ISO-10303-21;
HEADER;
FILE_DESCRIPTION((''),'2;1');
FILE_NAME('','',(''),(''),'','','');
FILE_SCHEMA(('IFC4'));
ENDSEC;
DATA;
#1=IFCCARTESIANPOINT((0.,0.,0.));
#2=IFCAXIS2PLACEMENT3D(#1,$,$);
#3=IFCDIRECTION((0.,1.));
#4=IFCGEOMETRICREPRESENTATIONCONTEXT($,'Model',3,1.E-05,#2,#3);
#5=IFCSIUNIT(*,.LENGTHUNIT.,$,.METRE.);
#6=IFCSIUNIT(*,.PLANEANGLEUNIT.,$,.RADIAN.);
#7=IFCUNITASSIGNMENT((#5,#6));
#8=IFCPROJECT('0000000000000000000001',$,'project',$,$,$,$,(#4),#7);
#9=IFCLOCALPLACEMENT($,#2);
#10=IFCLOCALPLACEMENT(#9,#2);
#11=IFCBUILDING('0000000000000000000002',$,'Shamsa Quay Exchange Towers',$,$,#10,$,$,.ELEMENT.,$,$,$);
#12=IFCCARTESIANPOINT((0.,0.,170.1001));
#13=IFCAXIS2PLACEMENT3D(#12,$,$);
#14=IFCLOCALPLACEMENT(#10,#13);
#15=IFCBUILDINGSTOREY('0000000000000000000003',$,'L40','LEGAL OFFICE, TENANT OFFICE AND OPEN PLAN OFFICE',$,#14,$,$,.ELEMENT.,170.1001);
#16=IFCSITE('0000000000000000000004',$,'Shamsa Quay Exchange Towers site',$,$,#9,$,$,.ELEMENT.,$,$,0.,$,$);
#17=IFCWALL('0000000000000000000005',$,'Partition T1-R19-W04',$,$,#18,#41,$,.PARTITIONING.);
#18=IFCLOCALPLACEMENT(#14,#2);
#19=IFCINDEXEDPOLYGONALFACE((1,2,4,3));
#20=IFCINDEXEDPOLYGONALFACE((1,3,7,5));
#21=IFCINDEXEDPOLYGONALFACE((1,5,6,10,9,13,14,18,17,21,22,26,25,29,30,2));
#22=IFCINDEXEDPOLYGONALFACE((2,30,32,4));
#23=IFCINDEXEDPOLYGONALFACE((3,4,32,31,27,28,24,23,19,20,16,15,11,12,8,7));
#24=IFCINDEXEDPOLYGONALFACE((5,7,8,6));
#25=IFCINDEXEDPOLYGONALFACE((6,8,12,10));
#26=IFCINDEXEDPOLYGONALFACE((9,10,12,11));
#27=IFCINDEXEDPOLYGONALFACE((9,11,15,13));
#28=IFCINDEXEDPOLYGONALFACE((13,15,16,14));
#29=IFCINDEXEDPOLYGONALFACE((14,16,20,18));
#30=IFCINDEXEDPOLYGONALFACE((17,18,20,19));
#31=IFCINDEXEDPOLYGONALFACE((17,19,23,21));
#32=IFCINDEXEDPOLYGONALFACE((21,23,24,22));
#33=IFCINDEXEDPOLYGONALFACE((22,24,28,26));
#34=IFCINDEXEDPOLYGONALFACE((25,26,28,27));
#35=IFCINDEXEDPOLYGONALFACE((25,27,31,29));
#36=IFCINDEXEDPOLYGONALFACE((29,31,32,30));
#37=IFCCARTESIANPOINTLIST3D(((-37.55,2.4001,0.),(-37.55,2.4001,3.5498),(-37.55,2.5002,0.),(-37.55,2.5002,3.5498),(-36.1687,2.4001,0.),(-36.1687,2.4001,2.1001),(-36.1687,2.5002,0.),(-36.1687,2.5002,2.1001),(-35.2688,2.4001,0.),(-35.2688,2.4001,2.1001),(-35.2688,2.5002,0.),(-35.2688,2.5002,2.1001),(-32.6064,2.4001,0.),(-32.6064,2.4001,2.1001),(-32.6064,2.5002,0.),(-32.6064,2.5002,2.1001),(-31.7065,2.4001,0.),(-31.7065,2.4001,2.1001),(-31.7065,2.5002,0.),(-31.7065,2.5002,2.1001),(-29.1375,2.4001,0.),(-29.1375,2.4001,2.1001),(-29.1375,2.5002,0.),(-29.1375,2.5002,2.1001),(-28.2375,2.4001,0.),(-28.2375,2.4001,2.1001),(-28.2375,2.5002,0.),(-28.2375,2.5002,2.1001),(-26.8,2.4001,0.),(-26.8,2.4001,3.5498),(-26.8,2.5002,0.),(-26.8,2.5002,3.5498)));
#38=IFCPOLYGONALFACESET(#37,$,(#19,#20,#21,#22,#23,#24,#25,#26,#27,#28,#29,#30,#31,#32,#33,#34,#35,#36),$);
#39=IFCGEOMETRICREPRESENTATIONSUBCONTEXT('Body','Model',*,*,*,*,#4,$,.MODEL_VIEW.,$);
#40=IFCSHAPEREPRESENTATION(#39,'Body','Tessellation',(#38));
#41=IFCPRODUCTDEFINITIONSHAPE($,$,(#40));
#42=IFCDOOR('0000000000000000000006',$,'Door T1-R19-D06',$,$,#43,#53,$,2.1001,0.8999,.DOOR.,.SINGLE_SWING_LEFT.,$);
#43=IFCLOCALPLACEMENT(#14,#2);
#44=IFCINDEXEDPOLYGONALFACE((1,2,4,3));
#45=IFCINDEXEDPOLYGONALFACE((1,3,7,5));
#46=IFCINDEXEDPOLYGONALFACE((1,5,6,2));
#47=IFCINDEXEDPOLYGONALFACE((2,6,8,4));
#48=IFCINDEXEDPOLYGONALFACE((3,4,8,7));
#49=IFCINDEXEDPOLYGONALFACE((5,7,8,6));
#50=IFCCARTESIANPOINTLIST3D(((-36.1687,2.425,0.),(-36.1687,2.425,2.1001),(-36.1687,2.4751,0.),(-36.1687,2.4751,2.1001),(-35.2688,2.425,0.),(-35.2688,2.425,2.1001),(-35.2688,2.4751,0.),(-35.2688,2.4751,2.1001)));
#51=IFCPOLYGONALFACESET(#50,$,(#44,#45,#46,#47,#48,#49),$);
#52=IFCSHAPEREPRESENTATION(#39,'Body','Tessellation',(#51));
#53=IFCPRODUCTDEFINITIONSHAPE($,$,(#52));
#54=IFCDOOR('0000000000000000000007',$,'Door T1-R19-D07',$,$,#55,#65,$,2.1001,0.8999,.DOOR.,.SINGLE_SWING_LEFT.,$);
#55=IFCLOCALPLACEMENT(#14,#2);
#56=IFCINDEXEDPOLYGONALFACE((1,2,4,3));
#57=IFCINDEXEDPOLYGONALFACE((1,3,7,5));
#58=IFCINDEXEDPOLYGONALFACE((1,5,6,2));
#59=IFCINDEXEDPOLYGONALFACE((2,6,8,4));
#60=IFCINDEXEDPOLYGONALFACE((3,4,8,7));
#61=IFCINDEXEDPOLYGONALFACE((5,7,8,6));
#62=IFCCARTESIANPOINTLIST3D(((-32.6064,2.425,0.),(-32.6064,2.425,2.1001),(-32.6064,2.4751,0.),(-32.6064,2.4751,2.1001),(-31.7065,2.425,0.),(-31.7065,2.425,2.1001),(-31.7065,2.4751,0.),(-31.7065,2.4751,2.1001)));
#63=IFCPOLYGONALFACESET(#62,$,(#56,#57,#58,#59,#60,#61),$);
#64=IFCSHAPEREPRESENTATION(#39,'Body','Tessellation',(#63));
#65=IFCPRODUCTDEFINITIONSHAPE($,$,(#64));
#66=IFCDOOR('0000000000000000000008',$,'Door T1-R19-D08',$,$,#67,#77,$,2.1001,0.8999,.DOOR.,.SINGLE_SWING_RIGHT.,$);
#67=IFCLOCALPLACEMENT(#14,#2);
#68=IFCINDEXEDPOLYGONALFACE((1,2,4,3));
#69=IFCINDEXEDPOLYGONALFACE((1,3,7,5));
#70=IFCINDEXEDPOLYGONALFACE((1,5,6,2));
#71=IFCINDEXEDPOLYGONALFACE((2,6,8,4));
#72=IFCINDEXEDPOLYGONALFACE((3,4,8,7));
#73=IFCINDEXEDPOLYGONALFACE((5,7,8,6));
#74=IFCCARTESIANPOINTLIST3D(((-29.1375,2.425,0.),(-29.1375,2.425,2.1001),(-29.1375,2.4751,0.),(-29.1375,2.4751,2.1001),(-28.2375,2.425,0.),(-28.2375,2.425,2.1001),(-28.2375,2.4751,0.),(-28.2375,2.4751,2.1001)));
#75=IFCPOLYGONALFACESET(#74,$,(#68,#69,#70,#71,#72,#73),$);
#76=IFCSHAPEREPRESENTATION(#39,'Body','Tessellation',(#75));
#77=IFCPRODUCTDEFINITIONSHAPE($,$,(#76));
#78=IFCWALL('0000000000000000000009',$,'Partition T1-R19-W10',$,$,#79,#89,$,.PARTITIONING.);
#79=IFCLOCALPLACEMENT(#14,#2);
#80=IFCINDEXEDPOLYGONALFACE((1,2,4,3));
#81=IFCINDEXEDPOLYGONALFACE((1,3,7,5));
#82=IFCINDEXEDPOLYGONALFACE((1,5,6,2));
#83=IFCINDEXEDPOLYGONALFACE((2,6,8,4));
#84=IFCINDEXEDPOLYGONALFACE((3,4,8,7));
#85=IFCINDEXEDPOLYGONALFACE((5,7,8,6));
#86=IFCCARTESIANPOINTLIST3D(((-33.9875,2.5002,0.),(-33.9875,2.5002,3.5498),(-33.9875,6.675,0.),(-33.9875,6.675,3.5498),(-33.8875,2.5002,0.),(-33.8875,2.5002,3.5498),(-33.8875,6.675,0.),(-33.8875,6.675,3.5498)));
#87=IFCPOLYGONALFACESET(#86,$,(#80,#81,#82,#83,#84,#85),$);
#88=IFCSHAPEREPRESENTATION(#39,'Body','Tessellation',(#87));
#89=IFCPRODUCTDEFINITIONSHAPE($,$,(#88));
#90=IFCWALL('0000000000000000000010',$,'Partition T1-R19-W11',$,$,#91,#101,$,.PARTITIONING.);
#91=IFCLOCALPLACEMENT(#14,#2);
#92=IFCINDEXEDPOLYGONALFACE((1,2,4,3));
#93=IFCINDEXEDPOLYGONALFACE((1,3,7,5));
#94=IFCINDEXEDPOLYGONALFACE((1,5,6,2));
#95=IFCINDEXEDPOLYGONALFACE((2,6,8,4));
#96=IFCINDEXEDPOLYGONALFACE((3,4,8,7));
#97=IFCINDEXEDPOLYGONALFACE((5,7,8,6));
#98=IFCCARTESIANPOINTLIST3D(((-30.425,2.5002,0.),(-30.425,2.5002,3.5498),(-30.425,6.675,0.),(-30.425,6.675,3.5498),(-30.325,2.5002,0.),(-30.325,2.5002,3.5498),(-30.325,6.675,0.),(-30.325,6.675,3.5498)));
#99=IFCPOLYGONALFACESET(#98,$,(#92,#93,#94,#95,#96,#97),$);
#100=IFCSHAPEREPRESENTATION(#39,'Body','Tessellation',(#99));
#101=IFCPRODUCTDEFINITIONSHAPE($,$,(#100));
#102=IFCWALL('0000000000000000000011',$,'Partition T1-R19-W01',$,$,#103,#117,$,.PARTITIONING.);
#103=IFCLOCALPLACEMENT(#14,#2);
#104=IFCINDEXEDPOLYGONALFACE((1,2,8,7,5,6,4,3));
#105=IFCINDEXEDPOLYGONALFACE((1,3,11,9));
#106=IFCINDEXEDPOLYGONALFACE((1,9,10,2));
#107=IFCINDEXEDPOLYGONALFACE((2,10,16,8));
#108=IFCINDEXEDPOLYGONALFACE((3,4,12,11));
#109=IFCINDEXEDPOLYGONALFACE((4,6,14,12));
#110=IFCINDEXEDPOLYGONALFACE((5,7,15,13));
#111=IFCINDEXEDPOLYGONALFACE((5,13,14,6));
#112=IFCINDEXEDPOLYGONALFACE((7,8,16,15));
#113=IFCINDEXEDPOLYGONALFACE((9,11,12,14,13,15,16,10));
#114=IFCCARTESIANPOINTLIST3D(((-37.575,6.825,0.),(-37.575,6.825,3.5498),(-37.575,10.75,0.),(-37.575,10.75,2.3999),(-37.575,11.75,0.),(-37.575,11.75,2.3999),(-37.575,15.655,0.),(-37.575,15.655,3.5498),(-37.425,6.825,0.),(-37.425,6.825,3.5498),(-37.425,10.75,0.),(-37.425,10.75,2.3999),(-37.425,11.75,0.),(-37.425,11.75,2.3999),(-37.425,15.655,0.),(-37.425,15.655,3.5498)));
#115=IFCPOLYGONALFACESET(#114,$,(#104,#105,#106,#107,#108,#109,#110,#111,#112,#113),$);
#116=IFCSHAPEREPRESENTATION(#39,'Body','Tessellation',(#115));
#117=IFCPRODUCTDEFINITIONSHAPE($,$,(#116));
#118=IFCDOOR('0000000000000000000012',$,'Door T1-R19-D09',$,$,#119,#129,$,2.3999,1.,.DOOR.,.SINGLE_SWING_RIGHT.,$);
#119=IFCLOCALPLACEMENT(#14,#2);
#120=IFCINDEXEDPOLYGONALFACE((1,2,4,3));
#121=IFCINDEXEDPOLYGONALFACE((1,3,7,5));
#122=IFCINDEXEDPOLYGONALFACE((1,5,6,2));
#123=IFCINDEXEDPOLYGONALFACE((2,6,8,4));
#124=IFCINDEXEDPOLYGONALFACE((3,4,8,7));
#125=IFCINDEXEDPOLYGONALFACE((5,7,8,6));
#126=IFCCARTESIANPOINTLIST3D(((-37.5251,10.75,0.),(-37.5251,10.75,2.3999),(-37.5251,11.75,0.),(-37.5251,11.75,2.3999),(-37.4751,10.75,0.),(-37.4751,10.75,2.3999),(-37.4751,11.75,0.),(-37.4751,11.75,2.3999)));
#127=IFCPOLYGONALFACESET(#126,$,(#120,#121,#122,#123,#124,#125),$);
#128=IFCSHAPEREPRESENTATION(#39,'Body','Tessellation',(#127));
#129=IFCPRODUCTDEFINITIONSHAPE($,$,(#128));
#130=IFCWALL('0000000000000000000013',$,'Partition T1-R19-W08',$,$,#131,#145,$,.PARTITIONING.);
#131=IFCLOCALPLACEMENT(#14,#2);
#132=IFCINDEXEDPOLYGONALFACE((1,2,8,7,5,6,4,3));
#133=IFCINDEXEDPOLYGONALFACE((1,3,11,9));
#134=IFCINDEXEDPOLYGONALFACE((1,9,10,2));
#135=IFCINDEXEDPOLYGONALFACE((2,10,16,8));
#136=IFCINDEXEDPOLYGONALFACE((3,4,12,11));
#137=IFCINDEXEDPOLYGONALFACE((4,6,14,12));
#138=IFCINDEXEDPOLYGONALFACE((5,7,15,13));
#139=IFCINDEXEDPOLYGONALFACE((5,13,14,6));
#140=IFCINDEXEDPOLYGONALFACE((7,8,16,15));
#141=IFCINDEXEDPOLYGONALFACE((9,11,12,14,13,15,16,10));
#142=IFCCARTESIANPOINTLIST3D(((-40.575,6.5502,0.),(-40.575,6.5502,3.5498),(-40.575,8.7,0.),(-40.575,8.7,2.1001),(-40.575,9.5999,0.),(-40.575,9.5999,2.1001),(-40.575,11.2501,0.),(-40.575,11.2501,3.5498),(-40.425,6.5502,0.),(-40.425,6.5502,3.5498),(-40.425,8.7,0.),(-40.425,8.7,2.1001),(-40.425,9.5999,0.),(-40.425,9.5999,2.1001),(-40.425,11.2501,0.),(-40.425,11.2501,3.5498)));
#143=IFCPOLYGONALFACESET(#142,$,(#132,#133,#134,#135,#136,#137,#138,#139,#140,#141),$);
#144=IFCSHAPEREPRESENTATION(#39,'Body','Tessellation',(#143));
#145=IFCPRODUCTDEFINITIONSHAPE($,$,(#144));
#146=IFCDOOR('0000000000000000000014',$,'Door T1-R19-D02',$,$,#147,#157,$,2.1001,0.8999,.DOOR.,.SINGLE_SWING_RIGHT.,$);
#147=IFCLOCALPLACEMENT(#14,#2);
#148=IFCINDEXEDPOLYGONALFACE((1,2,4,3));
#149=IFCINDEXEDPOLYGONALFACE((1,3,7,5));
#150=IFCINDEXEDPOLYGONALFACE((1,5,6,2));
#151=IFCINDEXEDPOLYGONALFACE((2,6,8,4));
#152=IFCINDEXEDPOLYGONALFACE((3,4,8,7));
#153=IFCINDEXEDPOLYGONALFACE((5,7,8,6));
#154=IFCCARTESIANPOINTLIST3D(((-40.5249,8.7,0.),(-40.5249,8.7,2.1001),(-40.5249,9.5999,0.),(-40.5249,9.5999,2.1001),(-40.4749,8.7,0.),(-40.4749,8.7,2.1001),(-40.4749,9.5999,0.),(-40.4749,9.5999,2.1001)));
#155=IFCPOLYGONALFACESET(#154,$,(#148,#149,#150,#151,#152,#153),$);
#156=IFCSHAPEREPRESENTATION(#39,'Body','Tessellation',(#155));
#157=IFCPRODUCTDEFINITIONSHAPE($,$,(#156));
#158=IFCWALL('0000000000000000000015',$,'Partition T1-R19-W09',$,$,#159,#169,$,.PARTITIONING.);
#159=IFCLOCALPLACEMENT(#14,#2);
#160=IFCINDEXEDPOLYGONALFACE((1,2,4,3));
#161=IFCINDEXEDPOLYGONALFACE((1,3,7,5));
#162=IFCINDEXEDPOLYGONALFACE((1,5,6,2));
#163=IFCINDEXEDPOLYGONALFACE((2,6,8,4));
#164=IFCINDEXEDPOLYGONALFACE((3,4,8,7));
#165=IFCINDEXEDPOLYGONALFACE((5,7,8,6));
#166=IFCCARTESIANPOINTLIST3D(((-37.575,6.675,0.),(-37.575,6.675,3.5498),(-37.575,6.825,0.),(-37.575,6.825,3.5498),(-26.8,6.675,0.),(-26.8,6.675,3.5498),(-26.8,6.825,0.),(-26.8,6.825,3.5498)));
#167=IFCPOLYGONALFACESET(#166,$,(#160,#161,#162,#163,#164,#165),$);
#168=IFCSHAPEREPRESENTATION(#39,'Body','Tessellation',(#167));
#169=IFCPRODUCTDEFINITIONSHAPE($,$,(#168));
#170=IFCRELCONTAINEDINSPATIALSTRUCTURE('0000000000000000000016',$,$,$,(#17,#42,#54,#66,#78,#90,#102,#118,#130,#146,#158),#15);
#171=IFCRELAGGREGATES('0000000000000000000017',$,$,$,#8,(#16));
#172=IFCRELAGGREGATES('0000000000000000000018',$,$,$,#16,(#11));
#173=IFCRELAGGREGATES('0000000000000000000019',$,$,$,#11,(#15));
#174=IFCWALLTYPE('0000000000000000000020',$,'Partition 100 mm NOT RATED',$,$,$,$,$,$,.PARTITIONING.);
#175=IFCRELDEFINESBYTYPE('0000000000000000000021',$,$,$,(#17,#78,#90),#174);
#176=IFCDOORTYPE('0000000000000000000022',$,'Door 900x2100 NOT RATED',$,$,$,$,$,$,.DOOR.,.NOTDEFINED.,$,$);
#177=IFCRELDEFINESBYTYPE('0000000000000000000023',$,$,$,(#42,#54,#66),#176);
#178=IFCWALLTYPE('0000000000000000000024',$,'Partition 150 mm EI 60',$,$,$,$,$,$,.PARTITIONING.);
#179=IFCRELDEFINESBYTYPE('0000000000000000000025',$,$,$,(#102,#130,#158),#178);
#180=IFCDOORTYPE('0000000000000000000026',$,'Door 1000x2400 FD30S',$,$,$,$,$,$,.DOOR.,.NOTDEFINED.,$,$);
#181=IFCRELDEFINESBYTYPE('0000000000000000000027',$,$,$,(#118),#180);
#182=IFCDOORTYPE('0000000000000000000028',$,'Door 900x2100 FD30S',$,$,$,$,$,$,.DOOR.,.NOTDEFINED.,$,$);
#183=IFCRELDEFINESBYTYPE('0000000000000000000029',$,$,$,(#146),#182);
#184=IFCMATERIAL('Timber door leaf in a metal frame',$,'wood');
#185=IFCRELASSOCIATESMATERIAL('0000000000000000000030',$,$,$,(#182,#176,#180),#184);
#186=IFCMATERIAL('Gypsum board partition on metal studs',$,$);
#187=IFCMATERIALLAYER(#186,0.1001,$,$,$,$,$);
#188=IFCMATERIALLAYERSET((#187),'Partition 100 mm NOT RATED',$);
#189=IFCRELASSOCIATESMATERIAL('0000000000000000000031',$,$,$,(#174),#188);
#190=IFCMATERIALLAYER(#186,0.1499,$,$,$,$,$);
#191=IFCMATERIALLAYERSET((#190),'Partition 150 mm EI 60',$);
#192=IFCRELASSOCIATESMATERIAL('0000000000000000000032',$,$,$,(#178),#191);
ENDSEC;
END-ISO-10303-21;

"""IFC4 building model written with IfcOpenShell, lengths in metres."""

from ifc_helpers import new_model, si_unit, direction, frame, frame_2d, origin, place, context, subcontext, project, spatial, rectangle, extrude, material, layer, layer_set, type_object, element, fill, save


model = new_model("IFC4")

# Units and contexts
model_context = context("Model", 3, precision=1e-05, world=origin(), true_north=direction((0.0, 1.0)))
body_context = subcontext(model_context, "Body", "Model", "MODEL_VIEW")
ifc_project = project(units=[si_unit("LENGTHUNIT", "METRE"), si_unit("PLANEANGLEUNIT", "RADIAN")], contexts=[model_context])

# Site, building, storey
site_placement = place(None, origin())
site = spatial("IfcSite", under=ifc_project, at=site_placement, Name="Shamsa Quay Exchange Towers site", CompositionType="ELEMENT", RefElevation=0.0)
building_placement = place(site_placement, origin())
building = spatial("IfcBuilding", under=site, at=building_placement, Name="Shamsa Quay Exchange Towers", CompositionType="ELEMENT")
storey_placement = place(building_placement, frame((0.0, 0.0, 170.1001)))
storey = spatial("IfcBuildingStorey", under=building, at=storey_placement, Name="L40", Description="LEGAL OFFICE, TENANT OFFICE AND OPEN PLAN OFFICE", CompositionType="ELEMENT", Elevation=170.1001)

# Shared definitions
ifc_material_1 = material(Name="Timber door leaf in a metal frame", Category="wood")
door_type_1 = type_object("IfcDoorType", Name="Door 900x2100 FD30S", OperationType="NOTDEFINED", PredefinedType="DOOR", material=ifc_material_1)

# Shared definitions
ifc_material_2 = material(Name="Gypsum board partition on metal studs")
ifc_layer_1 = layer(ifc_material_2, 0.1001)
ifc_layer_set_1 = layer_set([ifc_layer_1], Name="Partition 100 mm NOT RATED")
wall_type_1 = type_object("IfcWallType", Name="Partition 100 mm NOT RATED", PredefinedType="PARTITIONING", material=ifc_layer_set_1)

# Wall, openings, doors
wall_1_placement = place(storey_placement, frame((-37.55, 2.4502, 0.0)))
wall_1 = element("IfcWall", 1, at=wall_1_placement, inside=storey, type_object=wall_type_1, Name="Partition T1-R19-W04", PredefinedType="PARTITIONING", context=body_context, shape_type="SweptSolid", body=[
    extrude(rectangle(XDim=10.75, YDim=0.1001, at=frame_2d((5.375, 0.0))), origin(), (0.0, 0.0, 1.0), 3.5498),
])
opening_1_placement = place(wall_1_placement, frame((1.3813, 0.0, 0.0)))
opening_1 = element("IfcOpeningElement", 2, at=opening_1_placement, cuts=wall_1, PredefinedType="OPENING", context=body_context, shape_type="SweptSolid", body=[
    extrude(rectangle(XDim=0.8999, YDim=2.1001, at=frame_2d((0.45, 1.05))), frame((0.0, 0.0601, 0.0), z_axis=(0.0, -1.0, 0.0), x_axis=(1.0, 0.0, 0.0)), (0.0, 0.0, 1.0), 0.1201),
])
opening_2_placement = place(wall_1_placement, frame((4.9436, 0.0, 0.0)))
opening_2 = element("IfcOpeningElement", 3, at=opening_2_placement, cuts=wall_1, PredefinedType="OPENING", context=body_context, shape_type="SweptSolid", body=[
    extrude(rectangle(XDim=0.8999, YDim=2.1001, at=frame_2d((0.45, 1.05))), frame((0.0, 0.0601, 0.0), z_axis=(0.0, -1.0, 0.0), x_axis=(1.0, 0.0, 0.0)), (0.0, 0.0, 1.0), 0.1201),
])
opening_3_placement = place(wall_1_placement, frame((8.4126, 0.0, 0.0)))
opening_3 = element("IfcOpeningElement", 4, at=opening_3_placement, cuts=wall_1, PredefinedType="OPENING", context=body_context, shape_type="SweptSolid", body=[
    extrude(rectangle(XDim=0.8999, YDim=2.1001, at=frame_2d((0.45, 1.05))), frame((0.0, 0.0601, 0.0), z_axis=(0.0, -1.0, 0.0), x_axis=(1.0, 0.0, 0.0)), (0.0, 0.0, 1.0), 0.1201),
])
door_type_2 = type_object("IfcDoorType", Name="Door 900x2100 NOT RATED", OperationType="NOTDEFINED", PredefinedType="DOOR", material=ifc_material_1)
door_1_placement = place(opening_1_placement, origin())
door_1 = element("IfcDoor", 5, at=door_1_placement, inside=storey, type_object=door_type_2, Name="Door T1-R19-D06", OperationType="SINGLE_SWING_LEFT", OverallHeight=2.1001, OverallWidth=0.8999, PredefinedType="DOOR", context=body_context, shape_type="SweptSolid", body=[
    extrude(rectangle(XDim=0.8999, YDim=2.1001, at=frame_2d((0.45, 1.05))), frame((0.0, 0.0249, 0.0), z_axis=(0.0, -1.0, 0.0), x_axis=(1.0, 0.0, 0.0)), (0.0, 0.0, 1.0), 0.05),
])
fill(opening_1, door_1)
door_2_placement = place(opening_2_placement, origin())
door_2 = element("IfcDoor", 6, at=door_2_placement, inside=storey, type_object=door_type_2, Name="Door T1-R19-D07", OperationType="SINGLE_SWING_LEFT", OverallHeight=2.1001, OverallWidth=0.8999, PredefinedType="DOOR", context=body_context, shape_type="SweptSolid", body=[
    extrude(rectangle(XDim=0.8999, YDim=2.1001, at=frame_2d((0.45, 1.05))), frame((0.0, 0.0249, 0.0), z_axis=(0.0, -1.0, 0.0), x_axis=(1.0, 0.0, 0.0)), (0.0, 0.0, 1.0), 0.05),
])
fill(opening_2, door_2)
door_3_placement = place(opening_3_placement, origin())
door_3 = element("IfcDoor", 7, at=door_3_placement, inside=storey, type_object=door_type_2, Name="Door T1-R19-D08", OperationType="SINGLE_SWING_RIGHT", OverallHeight=2.1001, OverallWidth=0.8999, PredefinedType="DOOR", context=body_context, shape_type="SweptSolid", body=[
    extrude(rectangle(XDim=0.8999, YDim=2.1001, at=frame_2d((0.45, 1.05))), frame((0.0, 0.0249, 0.0), z_axis=(0.0, -1.0, 0.0), x_axis=(1.0, 0.0, 0.0)), (0.0, 0.0, 1.0), 0.05),
])
fill(opening_3, door_3)

# Walls
for number, where, z_axis, x_axis, name in (
    (8, (-33.9375, 2.5002, 0.0), (0.0, 0.0, 1.0), (0.0, 1.0, 0.0), "Partition T1-R19-W10"),
    (9, (-30.375, 2.5002, 0.0), (0.0, 0.0, 1.0), (0.0, 1.0, 0.0), "Partition T1-R19-W11"),
):
    element("IfcWall", number, at=place(storey_placement, frame(where, z_axis=z_axis, x_axis=x_axis)), inside=storey, type_object=wall_type_1, Name=name, PredefinedType="PARTITIONING", context=body_context, shape_type="SweptSolid", body=[
        extrude(rectangle(XDim=4.1748, YDim=0.1001, at=frame_2d((2.0874, 0.0))), origin(), (0.0, 0.0, 1.0), 3.5498),
    ])

# Walls, openings, doors
ifc_layer_2 = layer(ifc_material_2, 0.1499)
ifc_layer_set_2 = layer_set([ifc_layer_2], Name="Partition 150 mm EI 60")
wall_type_2 = type_object("IfcWallType", Name="Partition 150 mm EI 60", PredefinedType="PARTITIONING", material=ifc_layer_set_2)
wall_2_placement = place(storey_placement, frame((-37.5, 15.655, 0.0), z_axis=(0.0, 0.0, 1.0), x_axis=(0.0, -1.0, 0.0)))
wall_2 = element("IfcWall", 10, at=wall_2_placement, inside=storey, type_object=wall_type_2, Name="Partition T1-R19-W01", PredefinedType="PARTITIONING", context=body_context, shape_type="SweptSolid", body=[
    extrude(rectangle(XDim=8.8301, YDim=0.1499, at=frame_2d((4.415, 0.0))), origin(), (0.0, 0.0, 1.0), 3.5498),
])
opening_4_placement = place(wall_2_placement, frame((3.905, 0.0, 0.0)))
opening_4 = element("IfcOpeningElement", 11, at=opening_4_placement, cuts=wall_2, PredefinedType="OPENING", context=body_context, shape_type="SweptSolid", body=[
    extrude(rectangle(XDim=1.0, YDim=2.3999, at=frame_2d((0.5, 1.2))), frame((0.0, 0.085, 0.0), z_axis=(0.0, -1.0, 0.0), x_axis=(1.0, 0.0, 0.0)), (0.0, 0.0, 1.0), 0.1699),
])
door_type_3 = type_object("IfcDoorType", Name="Door 1000x2400 FD30S", OperationType="NOTDEFINED", PredefinedType="DOOR", material=ifc_material_1)
door_4_placement = place(opening_4_placement, origin())
door_4 = element("IfcDoor", 12, at=door_4_placement, inside=storey, type_object=door_type_3, Name="Door T1-R19-D09", OperationType="SINGLE_SWING_RIGHT", OverallHeight=2.3999, OverallWidth=1.0, PredefinedType="DOOR", context=body_context, shape_type="SweptSolid", body=[
    extrude(rectangle(XDim=1.0, YDim=2.3999, at=frame_2d((0.5, 1.2))), frame((0.0, 0.0249, 0.0), z_axis=(0.0, -1.0, 0.0), x_axis=(1.0, 0.0, 0.0)), (0.0, 0.0, 1.0), 0.05),
])
fill(opening_4, door_4)
wall_3_placement = place(storey_placement, frame((-40.5, 6.55, 0.0), z_axis=(0.0, 0.0, 1.0), x_axis=(0.0, 1.0, 0.0)))
wall_3 = element("IfcWall", 13, at=wall_3_placement, inside=storey, type_object=wall_type_2, Name="Partition T1-R19-W08", PredefinedType="PARTITIONING", context=body_context, shape_type="SweptSolid", body=[
    extrude(rectangle(XDim=4.7, YDim=0.1499, at=frame_2d((2.3501, 0.0))), origin(), (0.0, 0.0, 1.0), 3.5498),
])
opening_5_placement = place(wall_3_placement, frame((2.1499, 0.0, 0.0)))
opening_5 = element("IfcOpeningElement", 14, at=opening_5_placement, cuts=wall_3, PredefinedType="OPENING", context=body_context, shape_type="SweptSolid", body=[
    extrude(rectangle(XDim=0.8999, YDim=2.1001, at=frame_2d((0.45, 1.05))), frame((0.0, 0.085, 0.0), z_axis=(0.0, -1.0, 0.0), x_axis=(1.0, 0.0, 0.0)), (0.0, 0.0, 1.0), 0.1699),
])
door_5_placement = place(opening_5_placement, origin())
door_5 = element("IfcDoor", 15, at=door_5_placement, inside=storey, type_object=door_type_1, Name="Door T1-R19-D02", OperationType="SINGLE_SWING_RIGHT", OverallHeight=2.1001, OverallWidth=0.8999, PredefinedType="DOOR", context=body_context, shape_type="SweptSolid", body=[
    extrude(rectangle(XDim=0.8999, YDim=2.1001, at=frame_2d((0.45, 1.05))), frame((0.0, 0.0249, 0.0), z_axis=(0.0, -1.0, 0.0), x_axis=(1.0, 0.0, 0.0)), (0.0, 0.0, 1.0), 0.05),
])
fill(opening_5, door_5)

# Wall
wall_4_placement = place(storey_placement, frame((-37.575, 6.75, 0.0)))
element("IfcWall", 16, at=wall_4_placement, inside=storey, type_object=wall_type_2, Name="Partition T1-R19-W09", PredefinedType="PARTITIONING", context=body_context, shape_type="SweptSolid", body=[
    extrude(rectangle(XDim=10.7749, YDim=0.1499, at=frame_2d((5.3875, 0.0))), origin(), (0.0, 0.0, 1.0), 3.5498),
])

save(model, "model.ifc")
